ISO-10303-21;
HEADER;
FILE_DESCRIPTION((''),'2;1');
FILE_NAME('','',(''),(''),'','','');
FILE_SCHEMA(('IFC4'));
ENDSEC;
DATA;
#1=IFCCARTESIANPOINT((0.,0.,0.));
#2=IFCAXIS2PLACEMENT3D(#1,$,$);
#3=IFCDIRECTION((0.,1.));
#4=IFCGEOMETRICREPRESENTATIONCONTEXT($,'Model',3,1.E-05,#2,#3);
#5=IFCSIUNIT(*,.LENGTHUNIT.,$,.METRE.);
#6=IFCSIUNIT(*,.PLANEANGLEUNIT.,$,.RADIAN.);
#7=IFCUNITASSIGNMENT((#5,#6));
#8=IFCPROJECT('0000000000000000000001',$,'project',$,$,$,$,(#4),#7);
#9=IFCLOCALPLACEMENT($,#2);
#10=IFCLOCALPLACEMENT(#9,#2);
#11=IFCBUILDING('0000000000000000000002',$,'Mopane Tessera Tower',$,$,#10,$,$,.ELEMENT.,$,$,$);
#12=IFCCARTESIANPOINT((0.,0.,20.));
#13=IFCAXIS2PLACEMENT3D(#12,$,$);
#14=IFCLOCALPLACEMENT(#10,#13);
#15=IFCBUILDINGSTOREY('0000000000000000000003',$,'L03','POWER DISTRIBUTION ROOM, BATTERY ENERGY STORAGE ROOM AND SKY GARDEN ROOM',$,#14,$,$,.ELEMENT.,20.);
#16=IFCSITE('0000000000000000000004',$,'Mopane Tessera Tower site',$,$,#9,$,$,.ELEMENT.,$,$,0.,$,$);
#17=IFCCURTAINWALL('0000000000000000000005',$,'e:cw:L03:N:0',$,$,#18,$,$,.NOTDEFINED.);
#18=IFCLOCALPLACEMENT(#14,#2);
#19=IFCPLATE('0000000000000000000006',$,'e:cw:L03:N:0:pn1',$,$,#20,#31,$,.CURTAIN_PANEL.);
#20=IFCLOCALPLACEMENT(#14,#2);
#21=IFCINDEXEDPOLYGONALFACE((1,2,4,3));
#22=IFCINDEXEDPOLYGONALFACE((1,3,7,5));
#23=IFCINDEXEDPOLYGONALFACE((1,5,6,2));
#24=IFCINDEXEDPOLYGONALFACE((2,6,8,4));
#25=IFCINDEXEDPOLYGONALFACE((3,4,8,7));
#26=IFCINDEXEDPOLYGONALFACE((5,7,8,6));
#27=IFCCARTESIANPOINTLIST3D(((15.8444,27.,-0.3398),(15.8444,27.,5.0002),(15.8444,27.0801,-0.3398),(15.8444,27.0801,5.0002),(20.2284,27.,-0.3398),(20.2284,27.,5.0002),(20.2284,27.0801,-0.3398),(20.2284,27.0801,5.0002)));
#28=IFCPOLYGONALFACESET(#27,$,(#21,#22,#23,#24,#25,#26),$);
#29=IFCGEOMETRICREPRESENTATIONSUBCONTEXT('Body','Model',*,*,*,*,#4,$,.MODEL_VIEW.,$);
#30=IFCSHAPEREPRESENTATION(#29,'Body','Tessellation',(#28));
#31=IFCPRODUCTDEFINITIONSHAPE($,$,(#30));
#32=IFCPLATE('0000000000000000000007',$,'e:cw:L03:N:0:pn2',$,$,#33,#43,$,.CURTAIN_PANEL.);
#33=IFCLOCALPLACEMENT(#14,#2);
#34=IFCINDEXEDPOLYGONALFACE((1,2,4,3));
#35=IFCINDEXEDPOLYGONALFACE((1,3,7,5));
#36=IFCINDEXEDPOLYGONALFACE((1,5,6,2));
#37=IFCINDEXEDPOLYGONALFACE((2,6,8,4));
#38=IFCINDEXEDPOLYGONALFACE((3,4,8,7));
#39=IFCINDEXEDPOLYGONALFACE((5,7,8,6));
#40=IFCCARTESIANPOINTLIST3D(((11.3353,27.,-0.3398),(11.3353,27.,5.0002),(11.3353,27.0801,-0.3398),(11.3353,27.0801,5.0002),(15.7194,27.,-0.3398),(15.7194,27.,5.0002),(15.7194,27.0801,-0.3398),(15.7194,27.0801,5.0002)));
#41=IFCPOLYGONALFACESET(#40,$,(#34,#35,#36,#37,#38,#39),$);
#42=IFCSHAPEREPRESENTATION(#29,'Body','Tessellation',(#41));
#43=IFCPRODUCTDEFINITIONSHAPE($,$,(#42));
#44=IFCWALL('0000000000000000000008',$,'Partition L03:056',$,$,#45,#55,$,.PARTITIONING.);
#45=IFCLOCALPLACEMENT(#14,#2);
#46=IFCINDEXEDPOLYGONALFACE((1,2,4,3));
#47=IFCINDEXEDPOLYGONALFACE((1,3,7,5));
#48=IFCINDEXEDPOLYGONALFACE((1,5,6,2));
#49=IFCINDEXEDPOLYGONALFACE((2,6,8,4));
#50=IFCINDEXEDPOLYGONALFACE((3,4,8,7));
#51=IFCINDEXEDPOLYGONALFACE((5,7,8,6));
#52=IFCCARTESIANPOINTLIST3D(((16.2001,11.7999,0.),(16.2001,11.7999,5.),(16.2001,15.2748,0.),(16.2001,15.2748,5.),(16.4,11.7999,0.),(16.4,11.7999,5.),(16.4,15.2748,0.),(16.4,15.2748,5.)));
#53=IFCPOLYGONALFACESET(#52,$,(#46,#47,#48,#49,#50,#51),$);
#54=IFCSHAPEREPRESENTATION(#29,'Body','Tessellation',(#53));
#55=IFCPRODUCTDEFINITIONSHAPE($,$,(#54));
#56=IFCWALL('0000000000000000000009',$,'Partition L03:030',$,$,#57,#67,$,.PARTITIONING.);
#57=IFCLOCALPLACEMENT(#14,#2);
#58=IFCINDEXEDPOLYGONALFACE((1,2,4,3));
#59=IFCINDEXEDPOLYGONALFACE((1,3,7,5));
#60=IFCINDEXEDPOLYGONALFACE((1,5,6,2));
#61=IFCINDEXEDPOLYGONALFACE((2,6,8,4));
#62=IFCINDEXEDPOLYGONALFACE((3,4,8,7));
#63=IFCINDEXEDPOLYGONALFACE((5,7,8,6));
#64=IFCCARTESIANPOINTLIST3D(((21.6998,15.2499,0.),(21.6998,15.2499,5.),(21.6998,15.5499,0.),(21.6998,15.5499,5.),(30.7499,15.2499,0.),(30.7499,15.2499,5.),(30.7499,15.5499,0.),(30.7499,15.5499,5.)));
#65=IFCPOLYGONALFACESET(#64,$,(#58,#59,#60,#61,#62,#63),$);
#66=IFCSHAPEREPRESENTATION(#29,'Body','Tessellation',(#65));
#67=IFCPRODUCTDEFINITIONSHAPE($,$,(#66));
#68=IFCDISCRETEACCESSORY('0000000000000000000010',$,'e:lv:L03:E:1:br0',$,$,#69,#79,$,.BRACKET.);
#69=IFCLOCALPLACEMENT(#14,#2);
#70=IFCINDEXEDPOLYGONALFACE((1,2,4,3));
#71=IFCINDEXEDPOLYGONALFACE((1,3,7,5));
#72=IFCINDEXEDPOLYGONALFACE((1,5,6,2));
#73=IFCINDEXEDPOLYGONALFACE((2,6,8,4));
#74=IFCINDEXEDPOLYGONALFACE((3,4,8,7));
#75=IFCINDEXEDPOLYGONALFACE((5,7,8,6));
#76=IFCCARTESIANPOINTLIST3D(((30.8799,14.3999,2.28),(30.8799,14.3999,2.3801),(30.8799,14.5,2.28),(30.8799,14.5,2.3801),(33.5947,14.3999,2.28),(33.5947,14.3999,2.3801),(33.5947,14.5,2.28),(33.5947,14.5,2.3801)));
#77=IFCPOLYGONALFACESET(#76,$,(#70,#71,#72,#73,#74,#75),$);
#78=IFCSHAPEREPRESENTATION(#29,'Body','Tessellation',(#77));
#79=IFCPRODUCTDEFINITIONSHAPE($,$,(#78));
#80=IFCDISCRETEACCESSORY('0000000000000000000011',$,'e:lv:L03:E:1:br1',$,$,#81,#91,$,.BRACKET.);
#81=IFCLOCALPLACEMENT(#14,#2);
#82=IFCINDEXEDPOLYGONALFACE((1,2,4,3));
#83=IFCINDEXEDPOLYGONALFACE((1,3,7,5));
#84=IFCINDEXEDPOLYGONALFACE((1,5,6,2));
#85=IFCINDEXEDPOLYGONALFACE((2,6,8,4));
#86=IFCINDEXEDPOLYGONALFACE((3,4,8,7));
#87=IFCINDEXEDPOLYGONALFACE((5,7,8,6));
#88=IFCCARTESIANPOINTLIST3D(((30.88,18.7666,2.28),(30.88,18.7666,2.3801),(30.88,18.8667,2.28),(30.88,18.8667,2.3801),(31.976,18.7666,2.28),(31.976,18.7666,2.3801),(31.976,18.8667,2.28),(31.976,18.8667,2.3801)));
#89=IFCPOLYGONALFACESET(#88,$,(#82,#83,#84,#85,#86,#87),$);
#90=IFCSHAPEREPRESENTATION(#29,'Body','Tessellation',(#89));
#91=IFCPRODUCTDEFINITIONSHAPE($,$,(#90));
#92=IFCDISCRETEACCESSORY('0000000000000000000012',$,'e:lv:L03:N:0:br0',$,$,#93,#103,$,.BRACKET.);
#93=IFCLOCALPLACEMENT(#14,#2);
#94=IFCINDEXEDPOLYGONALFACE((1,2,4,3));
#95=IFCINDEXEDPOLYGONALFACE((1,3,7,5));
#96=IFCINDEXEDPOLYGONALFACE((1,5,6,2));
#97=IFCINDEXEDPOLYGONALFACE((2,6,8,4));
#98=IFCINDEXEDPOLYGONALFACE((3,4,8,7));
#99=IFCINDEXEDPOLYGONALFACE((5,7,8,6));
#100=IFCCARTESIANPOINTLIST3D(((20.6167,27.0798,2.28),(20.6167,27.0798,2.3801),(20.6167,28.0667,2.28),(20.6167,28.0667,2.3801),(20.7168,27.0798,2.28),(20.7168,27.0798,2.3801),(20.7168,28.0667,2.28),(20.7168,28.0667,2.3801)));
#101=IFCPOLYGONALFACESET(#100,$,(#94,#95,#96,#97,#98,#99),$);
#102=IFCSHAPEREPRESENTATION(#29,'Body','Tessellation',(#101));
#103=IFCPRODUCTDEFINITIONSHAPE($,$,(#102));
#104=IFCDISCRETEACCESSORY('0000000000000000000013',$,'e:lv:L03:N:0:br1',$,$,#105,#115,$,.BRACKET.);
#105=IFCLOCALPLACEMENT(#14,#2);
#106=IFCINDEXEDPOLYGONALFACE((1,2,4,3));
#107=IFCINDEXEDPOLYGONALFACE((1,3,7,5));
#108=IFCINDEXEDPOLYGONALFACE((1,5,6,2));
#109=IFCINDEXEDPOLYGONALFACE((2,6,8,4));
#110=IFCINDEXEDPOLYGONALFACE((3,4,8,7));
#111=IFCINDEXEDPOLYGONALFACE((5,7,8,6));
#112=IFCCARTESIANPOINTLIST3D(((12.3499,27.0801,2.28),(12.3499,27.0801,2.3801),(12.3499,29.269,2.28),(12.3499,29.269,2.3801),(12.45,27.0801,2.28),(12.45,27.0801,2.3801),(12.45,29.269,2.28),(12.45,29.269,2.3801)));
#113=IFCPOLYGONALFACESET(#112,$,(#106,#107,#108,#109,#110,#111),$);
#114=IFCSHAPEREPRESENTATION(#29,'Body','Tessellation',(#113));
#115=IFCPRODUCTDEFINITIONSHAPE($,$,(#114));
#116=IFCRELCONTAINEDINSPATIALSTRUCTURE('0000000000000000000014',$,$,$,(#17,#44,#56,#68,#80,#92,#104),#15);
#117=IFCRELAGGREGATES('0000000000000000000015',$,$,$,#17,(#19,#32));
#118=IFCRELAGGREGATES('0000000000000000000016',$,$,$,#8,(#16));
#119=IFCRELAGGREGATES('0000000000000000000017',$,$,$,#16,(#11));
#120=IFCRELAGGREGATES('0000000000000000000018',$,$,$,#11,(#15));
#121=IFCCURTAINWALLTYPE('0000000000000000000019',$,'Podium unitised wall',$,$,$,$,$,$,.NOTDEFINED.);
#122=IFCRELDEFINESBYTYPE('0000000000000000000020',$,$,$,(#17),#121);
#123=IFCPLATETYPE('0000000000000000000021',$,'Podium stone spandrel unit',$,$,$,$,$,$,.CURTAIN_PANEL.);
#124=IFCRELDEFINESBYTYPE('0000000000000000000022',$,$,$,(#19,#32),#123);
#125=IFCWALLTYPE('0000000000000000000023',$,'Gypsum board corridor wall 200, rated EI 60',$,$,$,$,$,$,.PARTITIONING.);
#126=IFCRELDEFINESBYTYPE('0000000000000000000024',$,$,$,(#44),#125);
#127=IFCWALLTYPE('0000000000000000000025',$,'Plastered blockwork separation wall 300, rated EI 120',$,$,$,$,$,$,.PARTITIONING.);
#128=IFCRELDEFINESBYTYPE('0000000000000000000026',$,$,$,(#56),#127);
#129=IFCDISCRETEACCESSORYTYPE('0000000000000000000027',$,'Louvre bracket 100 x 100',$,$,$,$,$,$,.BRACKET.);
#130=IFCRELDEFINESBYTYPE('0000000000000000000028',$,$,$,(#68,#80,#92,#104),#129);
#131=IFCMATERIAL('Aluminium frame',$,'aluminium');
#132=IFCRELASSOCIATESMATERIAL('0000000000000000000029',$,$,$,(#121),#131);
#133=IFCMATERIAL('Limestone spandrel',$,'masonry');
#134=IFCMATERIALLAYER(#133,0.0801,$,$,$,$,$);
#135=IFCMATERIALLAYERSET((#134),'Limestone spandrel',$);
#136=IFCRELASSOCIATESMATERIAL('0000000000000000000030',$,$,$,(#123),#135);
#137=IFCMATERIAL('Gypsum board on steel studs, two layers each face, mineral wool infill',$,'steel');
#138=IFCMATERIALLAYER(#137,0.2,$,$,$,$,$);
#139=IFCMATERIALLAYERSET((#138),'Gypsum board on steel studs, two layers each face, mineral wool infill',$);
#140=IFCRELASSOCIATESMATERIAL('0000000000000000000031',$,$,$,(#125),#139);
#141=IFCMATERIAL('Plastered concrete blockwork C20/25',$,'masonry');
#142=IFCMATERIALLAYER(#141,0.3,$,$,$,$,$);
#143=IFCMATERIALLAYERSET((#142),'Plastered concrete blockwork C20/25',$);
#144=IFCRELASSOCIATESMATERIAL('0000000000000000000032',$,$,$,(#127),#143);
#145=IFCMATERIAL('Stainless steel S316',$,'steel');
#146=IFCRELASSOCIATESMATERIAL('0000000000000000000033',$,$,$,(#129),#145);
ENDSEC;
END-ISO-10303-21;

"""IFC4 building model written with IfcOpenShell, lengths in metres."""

from ifc_helpers import new_model, si_unit, direction, frame, frame_2d, origin, origin_2d, place, context, subcontext, project, spatial, rectangle, extrude, material, layer, layer_set, type_object, element, aggregate, save


model = new_model("IFC4")

# Units and contexts
model_context = context("Model", 3, precision=1e-05, world=origin(), true_north=direction((0.0, 1.0)))
body_context = subcontext(model_context, "Body", "Model", "MODEL_VIEW")
ifc_project = project(units=[si_unit("LENGTHUNIT", "METRE"), si_unit("PLANEANGLEUNIT", "RADIAN")], contexts=[model_context])

# Site, building, storey
site_placement = place(None, origin())
site = spatial("IfcSite", under=ifc_project, at=site_placement, Name="Mopane Tessera Tower site", CompositionType="ELEMENT", RefElevation=0.0)
building_placement = place(site_placement, origin())
building = spatial("IfcBuilding", under=site, at=building_placement, Name="Mopane Tessera Tower", CompositionType="ELEMENT")
storey_placement = place(building_placement, frame((0.0, 0.0, 20.0)))
storey = spatial("IfcBuildingStorey", under=building, at=storey_placement, Name="L03", Description="POWER DISTRIBUTION ROOM, BATTERY ENERGY STORAGE ROOM AND SKY GARDEN ROOM", CompositionType="ELEMENT", Elevation=20.0)

# Curtain wall
ifc_material_1 = material(Name="Aluminium frame", Category="aluminium")
curtain_wall_type = type_object("IfcCurtainWallType", Name="Podium unitised wall", PredefinedType="NOTDEFINED", material=ifc_material_1)
curtain_wall_1_placement = place(storey_placement, origin())
curtain_wall_1 = element("IfcCurtainWall", 1, at=curtain_wall_1_placement, inside=storey, type_object=curtain_wall_type, Name="e:cw:L03:N:0", PredefinedType="NOTDEFINED")

# Plates
ifc_material_2 = material(Name="Limestone spandrel", Category="masonry")
ifc_layer_1 = layer(ifc_material_2, 0.0801)
ifc_layer_set_1 = layer_set([ifc_layer_1], Name="Limestone spandrel")
plate_type = type_object("IfcPlateType", Name="Podium stone spandrel unit", PredefinedType="CURTAIN_PANEL", material=ifc_layer_set_1)
plate_1_placement = place(storey_placement, frame((18.0364, 27.04, -0.3398), z_axis=(0.0, 0.0, 1.0), x_axis=(-1.0, 0.0, 0.0)))
plate_1 = element("IfcPlate", 2, at=plate_1_placement, type_object=plate_type, Name="e:cw:L03:N:0:pn1", PredefinedType="CURTAIN_PANEL", context=body_context, shape_type="SweptSolid", body=[
    extrude(rectangle(XDim=4.384, YDim=0.0801, at=origin_2d()), origin(), (0.0, 0.0, 1.0), 5.3401),
])
plate_2_placement = place(storey_placement, frame((13.5273, 27.04, -0.3398), z_axis=(0.0, 0.0, 1.0), x_axis=(-1.0, 0.0, 0.0)))
plate_2 = element("IfcPlate", 3, at=plate_2_placement, type_object=plate_type, Name="e:cw:L03:N:0:pn2", PredefinedType="CURTAIN_PANEL", context=body_context, shape_type="SweptSolid", body=[
    extrude(rectangle(XDim=4.384, YDim=0.0801, at=origin_2d()), origin(), (0.0, 0.0, 1.0), 5.3401),
])
aggregate(curtain_wall_1, [plate_1, plate_2])

# Walls
ifc_material_3 = material(Name="Gypsum board on steel studs, two layers each face, mineral wool infill", Category="steel")
ifc_layer_2 = layer(ifc_material_3, 0.2)
ifc_layer_set_2 = layer_set([ifc_layer_2], Name="Gypsum board on steel studs, two layers each face, mineral wool infill")
wall_type_1 = type_object("IfcWallType", Name="Gypsum board corridor wall 200, rated EI 60", PredefinedType="PARTITIONING", material=ifc_layer_set_2)
wall_1_placement = place(storey_placement, frame((16.3, 11.8, 0.0), z_axis=(0.0, 0.0, 1.0), x_axis=(0.0, 1.0, 0.0)))
element("IfcWall", 4, at=wall_1_placement, inside=storey, type_object=wall_type_1, Name="Partition L03:056", PredefinedType="PARTITIONING", context=body_context, shape_type="SweptSolid", body=[
    extrude(rectangle(XDim=3.4749, YDim=0.2, at=frame_2d((1.7373, 0.0))), origin(), (0.0, 0.0, 1.0), 5.0),
])
ifc_material_4 = material(Name="Plastered concrete blockwork C20/25", Category="masonry")
ifc_layer_3 = layer(ifc_material_4, 0.3)
ifc_layer_set_3 = layer_set([ifc_layer_3], Name="Plastered concrete blockwork C20/25")
wall_type_2 = type_object("IfcWallType", Name="Plastered blockwork separation wall 300, rated EI 120", PredefinedType="PARTITIONING", material=ifc_layer_set_3)
wall_2_placement = place(storey_placement, frame((21.7, 15.3999, 0.0), z_axis=(0.0, 0.0, 1.0), x_axis=(1.0, 0.0, 0.0)))
element("IfcWall", 5, at=wall_2_placement, inside=storey, type_object=wall_type_2, Name="Partition L03:030", PredefinedType="PARTITIONING", context=body_context, shape_type="SweptSolid", body=[
    extrude(rectangle(XDim=9.05, YDim=0.3, at=frame_2d((4.5249, 0.0))), origin(), (0.0, 0.0, 1.0), 5.0),
])

# Discrete accessories
ifc_material_5 = material(Name="Stainless steel S316", Category="steel")
discrete_accessory_type = type_object("IfcDiscreteAccessoryType", Name="Louvre bracket 100 x 100", PredefinedType="BRACKET", material=ifc_material_5)
discrete_accessory_1_placement = place(storey_placement, frame((32.2373, 14.45, 2.28), z_axis=(0.0, 0.0, 1.0), x_axis=(1.0, 0.0, 0.0)))
element("IfcDiscreteAccessory", 6, at=discrete_accessory_1_placement, inside=storey, type_object=discrete_accessory_type, Name="e:lv:L03:E:1:br0", PredefinedType="BRACKET", context=body_context, shape_type="SweptSolid", body=[
    extrude(rectangle(XDim=2.7148, YDim=0.1001, at=origin_2d()), origin(), (0.0, 0.0, 1.0), 0.1001),
])
discrete_accessory_2_placement = place(storey_placement, frame((31.428, 18.8167, 2.28), z_axis=(0.0, 0.0, 1.0), x_axis=(1.0, 0.0, 0.0)))
element("IfcDiscreteAccessory", 7, at=discrete_accessory_2_placement, inside=storey, type_object=discrete_accessory_type, Name="e:lv:L03:E:1:br1", PredefinedType="BRACKET", context=body_context, shape_type="SweptSolid", body=[
    extrude(rectangle(XDim=1.0959, YDim=0.1001, at=origin_2d()), origin(), (0.0, 0.0, 1.0), 0.1001),
])
discrete_accessory_3_placement = place(storey_placement, frame((20.6667, 27.5732, 2.28), z_axis=(0.0, 0.0, 1.0), x_axis=(0.0, 1.0, 0.0)))
element("IfcDiscreteAccessory", 8, at=discrete_accessory_3_placement, inside=storey, type_object=discrete_accessory_type, Name="e:lv:L03:N:0:br0", PredefinedType="BRACKET", context=body_context, shape_type="SweptSolid", body=[
    extrude(rectangle(XDim=0.9868, YDim=0.1001, at=origin_2d()), origin(), (0.0, 0.0, 1.0), 0.1001),
])
discrete_accessory_4_placement = place(storey_placement, frame((12.3999, 28.1746, 2.28), z_axis=(0.0, 0.0, 1.0), x_axis=(0.0, 1.0, 0.0)))
element("IfcDiscreteAccessory", 9, at=discrete_accessory_4_placement, inside=storey, type_object=discrete_accessory_type, Name="e:lv:L03:N:0:br1", PredefinedType="BRACKET", context=body_context, shape_type="SweptSolid", body=[
    extrude(rectangle(XDim=2.189, YDim=0.1001, at=origin_2d()), origin(), (0.0, 0.0, 1.0), 0.1001),
])

save(model, "model.ifc")
